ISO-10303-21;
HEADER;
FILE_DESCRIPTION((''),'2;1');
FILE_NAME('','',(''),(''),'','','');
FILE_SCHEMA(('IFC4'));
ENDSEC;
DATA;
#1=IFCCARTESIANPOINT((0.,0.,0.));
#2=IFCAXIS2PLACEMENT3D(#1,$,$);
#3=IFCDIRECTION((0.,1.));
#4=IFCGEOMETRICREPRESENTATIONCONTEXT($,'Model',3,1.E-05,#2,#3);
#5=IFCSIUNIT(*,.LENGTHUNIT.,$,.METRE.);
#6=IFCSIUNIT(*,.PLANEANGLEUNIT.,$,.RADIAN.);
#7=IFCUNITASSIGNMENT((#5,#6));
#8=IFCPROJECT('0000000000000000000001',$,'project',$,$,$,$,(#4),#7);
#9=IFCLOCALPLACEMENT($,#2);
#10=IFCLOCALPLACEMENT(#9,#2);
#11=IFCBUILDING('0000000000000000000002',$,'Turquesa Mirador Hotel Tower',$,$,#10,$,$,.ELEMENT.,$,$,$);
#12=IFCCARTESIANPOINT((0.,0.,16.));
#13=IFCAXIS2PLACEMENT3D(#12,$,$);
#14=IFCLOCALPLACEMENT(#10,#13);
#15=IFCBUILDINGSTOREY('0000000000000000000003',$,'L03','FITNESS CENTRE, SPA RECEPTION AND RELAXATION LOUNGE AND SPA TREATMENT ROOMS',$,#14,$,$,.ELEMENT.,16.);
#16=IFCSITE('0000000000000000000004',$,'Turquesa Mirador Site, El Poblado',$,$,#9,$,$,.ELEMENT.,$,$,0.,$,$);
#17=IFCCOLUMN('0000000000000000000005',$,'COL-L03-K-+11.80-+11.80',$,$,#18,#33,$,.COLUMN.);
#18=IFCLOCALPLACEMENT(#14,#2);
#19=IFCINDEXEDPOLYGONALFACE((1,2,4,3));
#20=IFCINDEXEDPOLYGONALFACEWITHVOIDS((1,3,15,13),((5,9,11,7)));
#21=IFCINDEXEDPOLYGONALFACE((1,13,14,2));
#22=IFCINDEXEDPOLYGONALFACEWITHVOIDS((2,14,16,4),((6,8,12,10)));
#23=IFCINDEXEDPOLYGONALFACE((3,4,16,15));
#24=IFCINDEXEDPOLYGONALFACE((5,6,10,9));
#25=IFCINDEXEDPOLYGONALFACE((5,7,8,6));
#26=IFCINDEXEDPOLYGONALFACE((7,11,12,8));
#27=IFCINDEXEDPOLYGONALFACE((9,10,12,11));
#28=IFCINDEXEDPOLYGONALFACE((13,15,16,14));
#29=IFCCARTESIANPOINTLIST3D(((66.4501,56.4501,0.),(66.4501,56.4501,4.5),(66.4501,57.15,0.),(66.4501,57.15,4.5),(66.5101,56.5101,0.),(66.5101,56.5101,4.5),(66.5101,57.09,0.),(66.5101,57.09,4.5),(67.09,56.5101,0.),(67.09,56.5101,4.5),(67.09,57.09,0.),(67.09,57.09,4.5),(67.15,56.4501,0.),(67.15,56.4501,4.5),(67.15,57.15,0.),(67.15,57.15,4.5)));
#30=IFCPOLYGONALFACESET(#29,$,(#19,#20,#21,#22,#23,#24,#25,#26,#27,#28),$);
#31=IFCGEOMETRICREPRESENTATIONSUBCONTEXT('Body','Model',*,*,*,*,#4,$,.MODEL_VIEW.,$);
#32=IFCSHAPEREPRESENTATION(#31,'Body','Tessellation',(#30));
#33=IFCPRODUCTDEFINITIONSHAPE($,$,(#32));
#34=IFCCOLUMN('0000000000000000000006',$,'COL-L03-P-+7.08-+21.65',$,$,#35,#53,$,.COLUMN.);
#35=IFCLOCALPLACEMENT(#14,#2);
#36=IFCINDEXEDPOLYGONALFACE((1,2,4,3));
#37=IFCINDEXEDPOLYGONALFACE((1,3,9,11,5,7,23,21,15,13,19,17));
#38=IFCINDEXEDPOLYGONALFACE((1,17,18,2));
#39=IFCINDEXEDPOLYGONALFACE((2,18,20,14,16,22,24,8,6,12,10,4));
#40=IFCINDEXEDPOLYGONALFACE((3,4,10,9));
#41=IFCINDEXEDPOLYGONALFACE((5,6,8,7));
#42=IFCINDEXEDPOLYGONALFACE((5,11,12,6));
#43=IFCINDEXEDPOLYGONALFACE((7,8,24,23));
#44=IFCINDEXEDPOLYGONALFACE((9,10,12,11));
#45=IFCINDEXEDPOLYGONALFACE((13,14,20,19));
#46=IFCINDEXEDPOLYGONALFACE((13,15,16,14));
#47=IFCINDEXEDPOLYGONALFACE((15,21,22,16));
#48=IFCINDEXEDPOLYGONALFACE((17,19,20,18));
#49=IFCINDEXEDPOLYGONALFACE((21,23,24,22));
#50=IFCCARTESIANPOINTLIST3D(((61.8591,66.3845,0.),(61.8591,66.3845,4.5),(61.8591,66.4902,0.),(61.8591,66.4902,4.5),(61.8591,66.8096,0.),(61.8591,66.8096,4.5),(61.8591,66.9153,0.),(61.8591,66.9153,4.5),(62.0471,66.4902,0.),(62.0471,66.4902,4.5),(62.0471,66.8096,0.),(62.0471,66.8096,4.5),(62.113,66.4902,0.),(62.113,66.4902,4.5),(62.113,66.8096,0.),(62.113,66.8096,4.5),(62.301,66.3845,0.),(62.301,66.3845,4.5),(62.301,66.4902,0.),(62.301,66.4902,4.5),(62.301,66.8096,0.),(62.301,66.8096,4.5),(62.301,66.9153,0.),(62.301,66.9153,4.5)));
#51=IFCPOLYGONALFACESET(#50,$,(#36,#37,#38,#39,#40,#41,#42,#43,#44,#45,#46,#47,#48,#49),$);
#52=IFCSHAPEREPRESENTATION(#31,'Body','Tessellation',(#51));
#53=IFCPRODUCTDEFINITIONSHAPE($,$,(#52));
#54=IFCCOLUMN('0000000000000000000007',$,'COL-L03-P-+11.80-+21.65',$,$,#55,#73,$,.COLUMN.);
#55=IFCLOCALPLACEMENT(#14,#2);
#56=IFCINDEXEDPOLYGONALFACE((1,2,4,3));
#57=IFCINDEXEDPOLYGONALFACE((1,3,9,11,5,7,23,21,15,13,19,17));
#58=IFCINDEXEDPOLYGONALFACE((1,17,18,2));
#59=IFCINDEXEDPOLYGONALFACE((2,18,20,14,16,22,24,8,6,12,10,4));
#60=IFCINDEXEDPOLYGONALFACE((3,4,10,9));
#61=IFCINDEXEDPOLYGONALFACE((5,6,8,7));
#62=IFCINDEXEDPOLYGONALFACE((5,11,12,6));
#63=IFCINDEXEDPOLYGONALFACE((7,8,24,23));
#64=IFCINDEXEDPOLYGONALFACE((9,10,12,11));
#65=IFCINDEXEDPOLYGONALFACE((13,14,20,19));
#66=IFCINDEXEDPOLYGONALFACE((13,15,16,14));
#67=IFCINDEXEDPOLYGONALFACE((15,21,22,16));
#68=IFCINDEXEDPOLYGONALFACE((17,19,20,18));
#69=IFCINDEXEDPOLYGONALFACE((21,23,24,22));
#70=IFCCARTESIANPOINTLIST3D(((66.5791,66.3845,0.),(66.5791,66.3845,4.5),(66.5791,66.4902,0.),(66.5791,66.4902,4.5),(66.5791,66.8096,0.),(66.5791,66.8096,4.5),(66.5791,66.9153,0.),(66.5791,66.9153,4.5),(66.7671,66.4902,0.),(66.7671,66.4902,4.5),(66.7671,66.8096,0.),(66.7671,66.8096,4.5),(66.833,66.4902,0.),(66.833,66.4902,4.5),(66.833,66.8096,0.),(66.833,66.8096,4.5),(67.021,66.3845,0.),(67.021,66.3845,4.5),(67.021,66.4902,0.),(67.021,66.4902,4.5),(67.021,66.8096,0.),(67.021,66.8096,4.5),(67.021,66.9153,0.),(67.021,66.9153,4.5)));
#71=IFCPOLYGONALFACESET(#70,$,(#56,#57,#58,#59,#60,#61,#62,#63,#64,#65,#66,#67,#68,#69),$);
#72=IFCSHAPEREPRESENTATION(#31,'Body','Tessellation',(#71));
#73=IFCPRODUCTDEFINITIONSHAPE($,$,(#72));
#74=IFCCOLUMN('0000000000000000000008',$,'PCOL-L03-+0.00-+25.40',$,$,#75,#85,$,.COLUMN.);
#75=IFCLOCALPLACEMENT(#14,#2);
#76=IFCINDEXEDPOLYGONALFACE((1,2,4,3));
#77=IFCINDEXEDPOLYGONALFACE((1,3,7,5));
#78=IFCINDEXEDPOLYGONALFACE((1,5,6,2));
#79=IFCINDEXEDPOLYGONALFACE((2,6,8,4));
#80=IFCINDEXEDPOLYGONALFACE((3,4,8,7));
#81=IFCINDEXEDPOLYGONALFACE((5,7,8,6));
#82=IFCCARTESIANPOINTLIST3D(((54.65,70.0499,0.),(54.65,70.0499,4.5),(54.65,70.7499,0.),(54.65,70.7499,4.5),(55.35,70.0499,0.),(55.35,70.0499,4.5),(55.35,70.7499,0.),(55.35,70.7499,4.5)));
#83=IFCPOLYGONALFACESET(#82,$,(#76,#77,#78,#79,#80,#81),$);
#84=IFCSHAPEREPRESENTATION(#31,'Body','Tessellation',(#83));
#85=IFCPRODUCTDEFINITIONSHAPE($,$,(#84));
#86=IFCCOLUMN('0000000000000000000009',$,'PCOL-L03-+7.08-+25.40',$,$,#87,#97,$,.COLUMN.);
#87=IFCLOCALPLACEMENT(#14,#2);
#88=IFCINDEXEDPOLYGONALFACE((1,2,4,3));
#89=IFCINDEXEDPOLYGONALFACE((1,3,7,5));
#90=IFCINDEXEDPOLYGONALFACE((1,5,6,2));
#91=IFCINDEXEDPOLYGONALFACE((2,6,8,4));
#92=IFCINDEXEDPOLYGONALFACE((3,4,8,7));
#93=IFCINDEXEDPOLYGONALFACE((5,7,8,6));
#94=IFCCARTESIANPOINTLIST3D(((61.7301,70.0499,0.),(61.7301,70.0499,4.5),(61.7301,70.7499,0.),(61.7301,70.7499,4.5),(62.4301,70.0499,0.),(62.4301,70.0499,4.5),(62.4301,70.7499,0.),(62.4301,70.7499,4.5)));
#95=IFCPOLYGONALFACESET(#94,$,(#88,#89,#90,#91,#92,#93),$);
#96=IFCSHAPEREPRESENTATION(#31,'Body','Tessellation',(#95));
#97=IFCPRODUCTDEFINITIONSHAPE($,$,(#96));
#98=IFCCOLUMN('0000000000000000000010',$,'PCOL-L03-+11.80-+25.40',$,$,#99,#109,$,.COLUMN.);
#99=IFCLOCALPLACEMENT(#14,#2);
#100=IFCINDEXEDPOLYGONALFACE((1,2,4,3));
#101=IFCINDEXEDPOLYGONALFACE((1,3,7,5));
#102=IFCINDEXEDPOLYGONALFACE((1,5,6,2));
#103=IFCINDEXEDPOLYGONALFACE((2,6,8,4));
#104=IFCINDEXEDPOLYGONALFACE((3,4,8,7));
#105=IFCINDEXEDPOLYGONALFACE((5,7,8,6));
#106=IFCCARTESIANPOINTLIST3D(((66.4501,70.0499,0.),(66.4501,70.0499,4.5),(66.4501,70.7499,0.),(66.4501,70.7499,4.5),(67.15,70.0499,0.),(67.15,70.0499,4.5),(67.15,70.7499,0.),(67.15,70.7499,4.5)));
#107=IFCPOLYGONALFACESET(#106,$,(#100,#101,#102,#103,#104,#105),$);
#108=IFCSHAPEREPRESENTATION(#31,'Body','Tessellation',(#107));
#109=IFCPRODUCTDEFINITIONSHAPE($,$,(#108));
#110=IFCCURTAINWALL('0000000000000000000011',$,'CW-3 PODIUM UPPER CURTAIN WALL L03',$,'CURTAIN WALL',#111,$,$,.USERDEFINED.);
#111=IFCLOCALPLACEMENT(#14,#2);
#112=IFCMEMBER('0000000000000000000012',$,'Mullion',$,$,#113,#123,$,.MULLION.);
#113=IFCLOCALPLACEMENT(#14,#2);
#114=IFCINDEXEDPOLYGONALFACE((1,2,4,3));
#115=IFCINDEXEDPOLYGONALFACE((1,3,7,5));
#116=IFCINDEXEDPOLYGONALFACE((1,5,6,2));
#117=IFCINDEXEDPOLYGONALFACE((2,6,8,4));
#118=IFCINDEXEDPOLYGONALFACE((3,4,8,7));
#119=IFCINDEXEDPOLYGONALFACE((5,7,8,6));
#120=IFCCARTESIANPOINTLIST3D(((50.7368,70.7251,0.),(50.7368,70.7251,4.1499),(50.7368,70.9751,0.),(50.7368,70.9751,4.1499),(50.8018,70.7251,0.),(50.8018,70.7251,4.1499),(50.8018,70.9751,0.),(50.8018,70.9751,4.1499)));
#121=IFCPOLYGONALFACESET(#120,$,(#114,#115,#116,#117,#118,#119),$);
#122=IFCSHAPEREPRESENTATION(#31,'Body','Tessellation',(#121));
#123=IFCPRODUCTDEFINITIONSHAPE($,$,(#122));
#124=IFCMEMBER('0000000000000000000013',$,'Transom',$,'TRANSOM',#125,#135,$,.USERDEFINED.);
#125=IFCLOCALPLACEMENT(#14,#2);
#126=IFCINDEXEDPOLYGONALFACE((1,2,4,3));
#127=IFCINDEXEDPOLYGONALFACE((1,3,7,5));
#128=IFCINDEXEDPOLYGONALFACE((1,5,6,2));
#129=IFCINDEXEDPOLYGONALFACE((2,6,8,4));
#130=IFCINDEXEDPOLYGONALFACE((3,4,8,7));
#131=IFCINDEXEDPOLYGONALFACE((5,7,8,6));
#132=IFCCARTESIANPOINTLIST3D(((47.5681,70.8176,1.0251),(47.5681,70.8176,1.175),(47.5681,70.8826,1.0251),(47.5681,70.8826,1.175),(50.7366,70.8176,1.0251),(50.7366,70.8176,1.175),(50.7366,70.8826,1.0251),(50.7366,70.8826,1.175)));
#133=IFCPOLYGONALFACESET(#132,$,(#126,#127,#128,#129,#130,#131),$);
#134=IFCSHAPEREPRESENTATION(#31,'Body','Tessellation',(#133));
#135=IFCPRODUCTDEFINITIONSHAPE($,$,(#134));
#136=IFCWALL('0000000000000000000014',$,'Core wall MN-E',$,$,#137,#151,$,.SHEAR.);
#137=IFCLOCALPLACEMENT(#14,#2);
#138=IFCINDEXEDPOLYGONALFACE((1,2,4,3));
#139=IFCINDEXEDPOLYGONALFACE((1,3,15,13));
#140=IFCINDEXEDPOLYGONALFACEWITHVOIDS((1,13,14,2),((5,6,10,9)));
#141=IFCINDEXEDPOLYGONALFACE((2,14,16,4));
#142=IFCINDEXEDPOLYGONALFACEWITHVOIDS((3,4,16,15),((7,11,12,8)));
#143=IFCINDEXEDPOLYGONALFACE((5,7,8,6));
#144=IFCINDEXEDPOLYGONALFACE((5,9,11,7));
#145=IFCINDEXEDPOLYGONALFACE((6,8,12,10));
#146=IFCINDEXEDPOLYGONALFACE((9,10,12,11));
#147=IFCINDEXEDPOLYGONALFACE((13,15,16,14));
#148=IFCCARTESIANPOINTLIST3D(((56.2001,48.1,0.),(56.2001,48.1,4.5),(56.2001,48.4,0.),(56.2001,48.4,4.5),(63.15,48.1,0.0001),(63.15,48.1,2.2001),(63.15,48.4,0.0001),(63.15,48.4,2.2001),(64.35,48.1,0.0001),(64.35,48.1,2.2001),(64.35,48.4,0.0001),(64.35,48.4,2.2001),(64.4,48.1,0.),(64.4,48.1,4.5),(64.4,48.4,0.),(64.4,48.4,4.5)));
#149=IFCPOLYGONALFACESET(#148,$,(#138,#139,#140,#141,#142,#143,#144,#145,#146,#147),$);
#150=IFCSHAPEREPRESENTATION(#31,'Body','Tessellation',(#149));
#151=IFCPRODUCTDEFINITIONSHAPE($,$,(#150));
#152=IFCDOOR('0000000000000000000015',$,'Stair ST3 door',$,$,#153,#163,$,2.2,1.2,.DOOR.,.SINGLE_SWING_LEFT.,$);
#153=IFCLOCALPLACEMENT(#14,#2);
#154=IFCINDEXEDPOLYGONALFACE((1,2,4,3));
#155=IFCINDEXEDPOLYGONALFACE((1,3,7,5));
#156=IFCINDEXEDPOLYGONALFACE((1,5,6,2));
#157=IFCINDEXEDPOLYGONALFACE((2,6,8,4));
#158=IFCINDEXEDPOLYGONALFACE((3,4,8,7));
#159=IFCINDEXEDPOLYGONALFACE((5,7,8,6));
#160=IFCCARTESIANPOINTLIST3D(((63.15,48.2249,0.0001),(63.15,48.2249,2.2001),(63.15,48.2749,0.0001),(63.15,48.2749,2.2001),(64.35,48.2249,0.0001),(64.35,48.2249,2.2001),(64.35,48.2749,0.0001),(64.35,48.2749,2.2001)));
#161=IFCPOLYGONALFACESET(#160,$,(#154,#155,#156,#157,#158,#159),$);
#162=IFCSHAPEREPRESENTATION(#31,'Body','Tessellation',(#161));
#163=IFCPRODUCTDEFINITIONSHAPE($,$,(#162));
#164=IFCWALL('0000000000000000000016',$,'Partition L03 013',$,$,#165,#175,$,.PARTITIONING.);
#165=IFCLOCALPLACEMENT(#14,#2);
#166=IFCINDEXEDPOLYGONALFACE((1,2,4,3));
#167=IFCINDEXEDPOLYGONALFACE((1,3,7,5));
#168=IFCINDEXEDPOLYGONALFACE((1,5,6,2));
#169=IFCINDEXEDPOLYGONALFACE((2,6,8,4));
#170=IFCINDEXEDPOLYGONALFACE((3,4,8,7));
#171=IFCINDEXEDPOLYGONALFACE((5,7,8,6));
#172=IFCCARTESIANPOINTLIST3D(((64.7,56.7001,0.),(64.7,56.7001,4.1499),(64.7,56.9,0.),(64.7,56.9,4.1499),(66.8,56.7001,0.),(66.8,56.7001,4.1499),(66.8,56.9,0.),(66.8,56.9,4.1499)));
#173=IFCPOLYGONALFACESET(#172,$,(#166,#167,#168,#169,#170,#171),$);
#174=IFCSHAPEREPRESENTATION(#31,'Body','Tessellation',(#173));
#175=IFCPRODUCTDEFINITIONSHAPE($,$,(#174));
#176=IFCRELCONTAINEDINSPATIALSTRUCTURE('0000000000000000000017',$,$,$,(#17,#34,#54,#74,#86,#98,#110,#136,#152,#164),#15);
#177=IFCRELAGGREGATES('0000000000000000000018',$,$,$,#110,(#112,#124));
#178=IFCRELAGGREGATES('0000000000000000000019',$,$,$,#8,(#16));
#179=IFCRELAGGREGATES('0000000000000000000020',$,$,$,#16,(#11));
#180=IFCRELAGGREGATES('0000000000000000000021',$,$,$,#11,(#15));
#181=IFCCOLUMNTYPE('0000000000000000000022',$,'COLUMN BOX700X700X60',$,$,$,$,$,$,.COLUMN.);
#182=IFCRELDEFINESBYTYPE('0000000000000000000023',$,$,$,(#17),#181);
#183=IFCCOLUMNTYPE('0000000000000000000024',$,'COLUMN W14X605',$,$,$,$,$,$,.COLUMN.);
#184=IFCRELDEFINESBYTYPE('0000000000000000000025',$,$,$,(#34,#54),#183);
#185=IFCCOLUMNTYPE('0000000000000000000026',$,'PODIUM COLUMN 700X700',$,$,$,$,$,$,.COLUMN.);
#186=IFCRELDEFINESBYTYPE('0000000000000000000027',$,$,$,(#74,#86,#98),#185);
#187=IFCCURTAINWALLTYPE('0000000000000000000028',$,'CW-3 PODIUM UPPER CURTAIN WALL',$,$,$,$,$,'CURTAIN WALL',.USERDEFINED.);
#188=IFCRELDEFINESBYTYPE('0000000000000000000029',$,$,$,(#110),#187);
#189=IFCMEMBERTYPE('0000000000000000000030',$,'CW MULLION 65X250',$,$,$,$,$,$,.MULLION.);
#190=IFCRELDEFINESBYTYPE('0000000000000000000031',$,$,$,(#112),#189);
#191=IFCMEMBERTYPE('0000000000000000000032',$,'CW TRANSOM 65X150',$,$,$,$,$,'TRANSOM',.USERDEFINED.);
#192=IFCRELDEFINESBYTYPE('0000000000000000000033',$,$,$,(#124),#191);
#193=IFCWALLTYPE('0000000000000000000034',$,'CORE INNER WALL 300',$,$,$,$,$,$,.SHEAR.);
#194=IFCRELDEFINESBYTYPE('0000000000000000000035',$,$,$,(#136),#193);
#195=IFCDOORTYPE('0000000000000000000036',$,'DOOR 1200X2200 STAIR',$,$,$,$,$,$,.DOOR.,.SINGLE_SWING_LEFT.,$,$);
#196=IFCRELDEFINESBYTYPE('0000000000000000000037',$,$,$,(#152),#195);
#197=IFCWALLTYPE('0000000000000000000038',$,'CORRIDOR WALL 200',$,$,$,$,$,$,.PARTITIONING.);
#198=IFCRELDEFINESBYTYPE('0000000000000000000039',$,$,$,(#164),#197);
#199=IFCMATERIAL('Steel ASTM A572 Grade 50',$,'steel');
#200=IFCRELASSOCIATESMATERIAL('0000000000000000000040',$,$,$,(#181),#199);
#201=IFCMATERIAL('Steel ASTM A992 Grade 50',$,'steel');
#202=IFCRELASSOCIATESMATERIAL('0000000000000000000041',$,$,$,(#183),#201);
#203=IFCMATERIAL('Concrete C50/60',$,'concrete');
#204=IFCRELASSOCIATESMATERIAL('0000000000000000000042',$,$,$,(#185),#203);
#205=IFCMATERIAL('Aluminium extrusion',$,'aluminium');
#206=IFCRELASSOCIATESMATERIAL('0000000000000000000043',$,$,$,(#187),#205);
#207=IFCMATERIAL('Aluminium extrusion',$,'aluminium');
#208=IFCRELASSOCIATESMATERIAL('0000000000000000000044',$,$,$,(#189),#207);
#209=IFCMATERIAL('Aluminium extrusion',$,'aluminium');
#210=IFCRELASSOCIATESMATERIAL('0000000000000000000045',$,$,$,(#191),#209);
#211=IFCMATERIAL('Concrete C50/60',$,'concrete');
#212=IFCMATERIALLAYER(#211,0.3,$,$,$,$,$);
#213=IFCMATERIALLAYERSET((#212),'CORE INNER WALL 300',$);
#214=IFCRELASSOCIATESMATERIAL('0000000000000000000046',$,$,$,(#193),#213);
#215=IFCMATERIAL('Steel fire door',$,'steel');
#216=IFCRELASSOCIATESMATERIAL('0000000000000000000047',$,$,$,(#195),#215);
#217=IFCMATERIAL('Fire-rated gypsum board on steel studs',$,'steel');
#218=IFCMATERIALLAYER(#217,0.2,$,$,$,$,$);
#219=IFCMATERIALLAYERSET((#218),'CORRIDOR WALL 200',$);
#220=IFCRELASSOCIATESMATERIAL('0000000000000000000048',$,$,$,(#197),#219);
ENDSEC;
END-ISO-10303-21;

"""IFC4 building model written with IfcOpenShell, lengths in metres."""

from ifc_helpers import new_model, si_unit, direction, frame, frame_2d, origin, origin_2d, place, context, subcontext, project, spatial, rectangle, hollow_rectangle, i_section, extrude, material, layer, layer_set, material_profile, profile_set, type_object, element, fill, aggregate, save


model = new_model("IFC4")

# Units and contexts
model_context = context("Model", 3, precision=1e-05, world=origin(), true_north=direction((0.0, 1.0)))
body_context = subcontext(model_context, "Body", "Model", "MODEL_VIEW")
ifc_project = project(units=[si_unit("LENGTHUNIT", "METRE"), si_unit("PLANEANGLEUNIT", "RADIAN")], contexts=[model_context])

# Site, building, storey
site_placement = place(None, origin())
site = spatial("IfcSite", under=ifc_project, at=site_placement, Name="Turquesa Mirador Site, El Poblado", CompositionType="ELEMENT", RefElevation=0.0)
building_placement = place(site_placement, origin())
building = spatial("IfcBuilding", under=site, at=building_placement, Name="Turquesa Mirador Hotel Tower", CompositionType="ELEMENT")
storey_placement = place(building_placement, frame((0.0, 0.0, 16.0)))
storey = spatial("IfcBuildingStorey", under=building, at=storey_placement, Name="L03", Description="FITNESS CENTRE, SPA RECEPTION AND RELAXATION LOUNGE AND SPA TREATMENT ROOMS", CompositionType="ELEMENT", Elevation=16.0)

# Columns
ifc_material_1 = material(Name="Steel ASTM A572 Grade 50", Category="steel")
ifc_material_profile_1 = material_profile(ifc_material_1, hollow_rectangle(XDim=0.7, YDim=0.7, WallThickness=0.0601, at=origin_2d()), Name="BOX700X700X60")
ifc_profile_set_1 = profile_set([ifc_material_profile_1], Name="Steel ASTM A572 Grade 50")
column_type_1 = type_object("IfcColumnType", Name="COLUMN BOX700X700X60", PredefinedType="COLUMN", material=ifc_profile_set_1)
column_placement = place(storey_placement, frame((66.8, 56.8, 0.0), z_axis=(0.0, 0.0, 1.0), x_axis=(1.0, 0.0, 0.0)))
element("IfcColumn", 1, at=column_placement, inside=storey, type_object=column_type_1, Name="COL-L03-K-+11.80-+11.80", PredefinedType="COLUMN", context=body_context, shape_type="SweptSolid", body=[
    extrude(hollow_rectangle(XDim=0.7, YDim=0.7, WallThickness=0.0601, at=origin_2d()), origin(), (0.0, 0.0, 1.0), 4.5),
])
ifc_material_2 = material(Name="Steel ASTM A992 Grade 50", Category="steel")
ifc_material_profile_2 = material_profile(ifc_material_2, i_section(OverallWidth=0.4419, OverallDepth=0.5308, WebThickness=0.0659, FlangeThickness=0.1057, at=origin_2d()), Name="W14X605")
ifc_profile_set_2 = profile_set([ifc_material_profile_2], Name="Steel ASTM A992 Grade 50")
column_type_2 = type_object("IfcColumnType", Name="COLUMN W14X605", PredefinedType="COLUMN", material=ifc_profile_set_2)
for number, where, z_axis, x_axis, name in (
    (2, (62.0801, 66.6499, 0.0), (0.0, 0.0, 1.0), (1.0, 0.0, 0.0), "COL-L03-P-+7.08-+21.65"),
    (3, (66.8, 66.6499, 0.0), (0.0, 0.0, 1.0), (1.0, 0.0, 0.0), "COL-L03-P-+11.80-+21.65"),
):
    element("IfcColumn", number, at=place(storey_placement, frame(where, z_axis=z_axis, x_axis=x_axis)), inside=storey, type_object=column_type_2, Name=name, PredefinedType="COLUMN", context=body_context, shape_type="SweptSolid", body=[
        extrude(i_section(OverallWidth=0.4419, OverallDepth=0.5308, WebThickness=0.0659, FlangeThickness=0.1057, at=origin_2d()), origin(), (0.0, 0.0, 1.0), 4.5),
    ])
ifc_material_3 = material(Name="Concrete C50/60", Category="concrete")
ifc_material_profile_3 = material_profile(ifc_material_3, rectangle(XDim=0.7, YDim=0.7, at=origin_2d()), Name="RC 700X700")
ifc_profile_set_3 = profile_set([ifc_material_profile_3], Name="Concrete C50/60")
column_type_3 = type_object("IfcColumnType", Name="PODIUM COLUMN 700X700", PredefinedType="COLUMN", material=ifc_profile_set_3)
for number, where, z_axis, x_axis, name in (
    (4, (55.0, 70.3999, 0.0), (0.0, 0.0, 1.0), (1.0, 0.0, 0.0), "PCOL-L03-+0.00-+25.40"),
    (5, (62.0801, 70.3999, 0.0), (0.0, 0.0, 1.0), (1.0, 0.0, 0.0), "PCOL-L03-+7.08-+25.40"),
    (6, (66.8, 70.3999, 0.0), (0.0, 0.0, 1.0), (1.0, 0.0, 0.0), "PCOL-L03-+11.80-+25.40"),
):
    element("IfcColumn", number, at=place(storey_placement, frame(where, z_axis=z_axis, x_axis=x_axis)), inside=storey, type_object=column_type_3, Name=name, PredefinedType="COLUMN", context=body_context, shape_type="SweptSolid", body=[
        extrude(rectangle(XDim=0.7, YDim=0.7, at=origin_2d()), origin(), (0.0, 0.0, 1.0), 4.5),
    ])

# Curtain wall, members
ifc_material_4 = material(Name="Aluminium extrusion", Category="aluminium")
curtain_wall_type = type_object("IfcCurtainWallType", Name="CW-3 PODIUM UPPER CURTAIN WALL", ElementType="CURTAIN WALL", PredefinedType="USERDEFINED", material=ifc_material_4)
curtain_wall_placement = place(storey_placement, origin())
curtain_wall = element("IfcCurtainWall", 7, at=curtain_wall_placement, inside=storey, type_object=curtain_wall_type, Name="CW-3 PODIUM UPPER CURTAIN WALL L03", ObjectType="CURTAIN WALL", PredefinedType="USERDEFINED")
ifc_material_5 = material(Name="Aluminium extrusion", Category="aluminium")
ifc_material_profile_4 = material_profile(ifc_material_5, rectangle(XDim=0.0649, YDim=0.25, at=origin_2d()), Name="MULLION 65X250")
ifc_profile_set_4 = profile_set([ifc_material_profile_4], Name="Aluminium extrusion")
member_type_1 = type_object("IfcMemberType", Name="CW MULLION 65X250", PredefinedType="MULLION", material=ifc_profile_set_4)
member_1_placement = place(storey_placement, frame((50.7693, 70.8501, 0.0), z_axis=(0.0, 0.0, 1.0), x_axis=(-1.0, 0.0, 0.0)))
member_1 = element("IfcMember", 8, at=member_1_placement, type_object=member_type_1, Name="Mullion", PredefinedType="MULLION", context=body_context, shape_type="SweptSolid", body=[
    extrude(rectangle(XDim=0.0649, YDim=0.25, at=origin_2d()), origin(), (0.0, 0.0, 1.0), 4.1499),
])
ifc_material_6 = material(Name="Aluminium extrusion", Category="aluminium")
ifc_material_profile_5 = material_profile(ifc_material_6, rectangle(XDim=0.0649, YDim=0.1499, at=origin_2d()), Name="TRANSOM 65X150")
ifc_profile_set_5 = profile_set([ifc_material_profile_5], Name="Aluminium extrusion")
member_type_2 = type_object("IfcMemberType", Name="CW TRANSOM 65X150", ElementType="TRANSOM", PredefinedType="USERDEFINED", material=ifc_profile_set_5)
member_2_placement = place(storey_placement, frame((50.7366, 70.8501, 1.1001), z_axis=(-1.0, 0.0, 0.0), x_axis=(0.0, -1.0, 0.0)))
member_2 = element("IfcMember", 9, at=member_2_placement, type_object=member_type_2, Name="Transom", ObjectType="TRANSOM", PredefinedType="USERDEFINED", context=body_context, shape_type="SweptSolid", body=[
    extrude(rectangle(XDim=0.0649, YDim=0.1499, at=origin_2d()), origin(), (0.0, 0.0, 1.0), 3.1685),
])
aggregate(curtain_wall, [member_1, member_2])

# Wall, opening, door
ifc_material_7 = material(Name="Concrete C50/60", Category="concrete")
ifc_layer_1 = layer(ifc_material_7, 0.3)
ifc_layer_set_1 = layer_set([ifc_layer_1], Name="CORE INNER WALL 300")
wall_type_1 = type_object("IfcWallType", Name="CORE INNER WALL 300", PredefinedType="SHEAR", material=ifc_layer_set_1)
wall_1_placement = place(storey_placement, frame((56.2, 48.25, 0.0), z_axis=(0.0, 0.0, 1.0), x_axis=(1.0, 0.0, 0.0)))
wall_1 = element("IfcWall", 10, at=wall_1_placement, inside=storey, type_object=wall_type_1, Name="Core wall MN-E", PredefinedType="SHEAR", context=body_context, shape_type="SweptSolid", body=[
    extrude(rectangle(XDim=8.2, YDim=0.3, at=frame_2d((4.1001, 0.0))), origin(), (0.0, 0.0, 1.0), 4.5),
])
opening_1_placement = place(wall_1_placement, frame((6.95, 0.0, 0.0)))
opening_1 = element("IfcOpeningElement", 11, at=opening_1_placement, cuts=wall_1, PredefinedType="OPENING", context=body_context, shape_type="SweptSolid", body=[
    extrude(rectangle(XDim=1.2, YDim=2.2, at=frame_2d((0.6001, 1.1001))), frame((0.0, 0.1599, 0.0), z_axis=(0.0, -1.0, 0.0), x_axis=(1.0, 0.0, 0.0)), (0.0, 0.0, 1.0), 0.3201),
])
ifc_material_8 = material(Name="Steel fire door", Category="steel")
door_type_1 = type_object("IfcDoorType", Name="DOOR 1200X2200 STAIR", OperationType="SINGLE_SWING_LEFT", PredefinedType="DOOR", material=ifc_material_8)
door_1_placement = place(opening_1_placement, origin())
door_1 = element("IfcDoor", 12, at=door_1_placement, inside=storey, type_object=door_type_1, Name="Stair ST3 door", OperationType="SINGLE_SWING_LEFT", OverallHeight=2.2, OverallWidth=1.2, PredefinedType="DOOR", context=body_context, shape_type="SweptSolid", body=[
    extrude(rectangle(XDim=1.2, YDim=2.2, at=frame_2d((0.6001, 1.1001))), frame((0.0, 0.0249, 0.0), z_axis=(0.0, -1.0, 0.0), x_axis=(1.0, 0.0, 0.0)), (0.0, 0.0, 1.0), 0.05),
])
fill(opening_1, door_1)

# Wall
ifc_material_9 = material(Name="Fire-rated gypsum board on steel studs", Category="steel")
ifc_layer_2 = layer(ifc_material_9, 0.2)
ifc_layer_set_2 = layer_set([ifc_layer_2], Name="CORRIDOR WALL 200")
wall_type_2 = type_object("IfcWallType", Name="CORRIDOR WALL 200", PredefinedType="PARTITIONING", material=ifc_layer_set_2)
wall_2_placement = place(storey_placement, frame((64.7, 56.8, 0.0), z_axis=(0.0, 0.0, 1.0), x_axis=(1.0, 0.0, 0.0)))
element("IfcWall", 13, at=wall_2_placement, inside=storey, type_object=wall_type_2, Name="Partition L03 013", PredefinedType="PARTITIONING", context=body_context, shape_type="SweptSolid", body=[
    extrude(rectangle(XDim=2.1001, YDim=0.2, at=frame_2d((1.05, 0.0))), origin(), (0.0, 0.0, 1.0), 4.1499),
])

save(model, "model.ifc")
